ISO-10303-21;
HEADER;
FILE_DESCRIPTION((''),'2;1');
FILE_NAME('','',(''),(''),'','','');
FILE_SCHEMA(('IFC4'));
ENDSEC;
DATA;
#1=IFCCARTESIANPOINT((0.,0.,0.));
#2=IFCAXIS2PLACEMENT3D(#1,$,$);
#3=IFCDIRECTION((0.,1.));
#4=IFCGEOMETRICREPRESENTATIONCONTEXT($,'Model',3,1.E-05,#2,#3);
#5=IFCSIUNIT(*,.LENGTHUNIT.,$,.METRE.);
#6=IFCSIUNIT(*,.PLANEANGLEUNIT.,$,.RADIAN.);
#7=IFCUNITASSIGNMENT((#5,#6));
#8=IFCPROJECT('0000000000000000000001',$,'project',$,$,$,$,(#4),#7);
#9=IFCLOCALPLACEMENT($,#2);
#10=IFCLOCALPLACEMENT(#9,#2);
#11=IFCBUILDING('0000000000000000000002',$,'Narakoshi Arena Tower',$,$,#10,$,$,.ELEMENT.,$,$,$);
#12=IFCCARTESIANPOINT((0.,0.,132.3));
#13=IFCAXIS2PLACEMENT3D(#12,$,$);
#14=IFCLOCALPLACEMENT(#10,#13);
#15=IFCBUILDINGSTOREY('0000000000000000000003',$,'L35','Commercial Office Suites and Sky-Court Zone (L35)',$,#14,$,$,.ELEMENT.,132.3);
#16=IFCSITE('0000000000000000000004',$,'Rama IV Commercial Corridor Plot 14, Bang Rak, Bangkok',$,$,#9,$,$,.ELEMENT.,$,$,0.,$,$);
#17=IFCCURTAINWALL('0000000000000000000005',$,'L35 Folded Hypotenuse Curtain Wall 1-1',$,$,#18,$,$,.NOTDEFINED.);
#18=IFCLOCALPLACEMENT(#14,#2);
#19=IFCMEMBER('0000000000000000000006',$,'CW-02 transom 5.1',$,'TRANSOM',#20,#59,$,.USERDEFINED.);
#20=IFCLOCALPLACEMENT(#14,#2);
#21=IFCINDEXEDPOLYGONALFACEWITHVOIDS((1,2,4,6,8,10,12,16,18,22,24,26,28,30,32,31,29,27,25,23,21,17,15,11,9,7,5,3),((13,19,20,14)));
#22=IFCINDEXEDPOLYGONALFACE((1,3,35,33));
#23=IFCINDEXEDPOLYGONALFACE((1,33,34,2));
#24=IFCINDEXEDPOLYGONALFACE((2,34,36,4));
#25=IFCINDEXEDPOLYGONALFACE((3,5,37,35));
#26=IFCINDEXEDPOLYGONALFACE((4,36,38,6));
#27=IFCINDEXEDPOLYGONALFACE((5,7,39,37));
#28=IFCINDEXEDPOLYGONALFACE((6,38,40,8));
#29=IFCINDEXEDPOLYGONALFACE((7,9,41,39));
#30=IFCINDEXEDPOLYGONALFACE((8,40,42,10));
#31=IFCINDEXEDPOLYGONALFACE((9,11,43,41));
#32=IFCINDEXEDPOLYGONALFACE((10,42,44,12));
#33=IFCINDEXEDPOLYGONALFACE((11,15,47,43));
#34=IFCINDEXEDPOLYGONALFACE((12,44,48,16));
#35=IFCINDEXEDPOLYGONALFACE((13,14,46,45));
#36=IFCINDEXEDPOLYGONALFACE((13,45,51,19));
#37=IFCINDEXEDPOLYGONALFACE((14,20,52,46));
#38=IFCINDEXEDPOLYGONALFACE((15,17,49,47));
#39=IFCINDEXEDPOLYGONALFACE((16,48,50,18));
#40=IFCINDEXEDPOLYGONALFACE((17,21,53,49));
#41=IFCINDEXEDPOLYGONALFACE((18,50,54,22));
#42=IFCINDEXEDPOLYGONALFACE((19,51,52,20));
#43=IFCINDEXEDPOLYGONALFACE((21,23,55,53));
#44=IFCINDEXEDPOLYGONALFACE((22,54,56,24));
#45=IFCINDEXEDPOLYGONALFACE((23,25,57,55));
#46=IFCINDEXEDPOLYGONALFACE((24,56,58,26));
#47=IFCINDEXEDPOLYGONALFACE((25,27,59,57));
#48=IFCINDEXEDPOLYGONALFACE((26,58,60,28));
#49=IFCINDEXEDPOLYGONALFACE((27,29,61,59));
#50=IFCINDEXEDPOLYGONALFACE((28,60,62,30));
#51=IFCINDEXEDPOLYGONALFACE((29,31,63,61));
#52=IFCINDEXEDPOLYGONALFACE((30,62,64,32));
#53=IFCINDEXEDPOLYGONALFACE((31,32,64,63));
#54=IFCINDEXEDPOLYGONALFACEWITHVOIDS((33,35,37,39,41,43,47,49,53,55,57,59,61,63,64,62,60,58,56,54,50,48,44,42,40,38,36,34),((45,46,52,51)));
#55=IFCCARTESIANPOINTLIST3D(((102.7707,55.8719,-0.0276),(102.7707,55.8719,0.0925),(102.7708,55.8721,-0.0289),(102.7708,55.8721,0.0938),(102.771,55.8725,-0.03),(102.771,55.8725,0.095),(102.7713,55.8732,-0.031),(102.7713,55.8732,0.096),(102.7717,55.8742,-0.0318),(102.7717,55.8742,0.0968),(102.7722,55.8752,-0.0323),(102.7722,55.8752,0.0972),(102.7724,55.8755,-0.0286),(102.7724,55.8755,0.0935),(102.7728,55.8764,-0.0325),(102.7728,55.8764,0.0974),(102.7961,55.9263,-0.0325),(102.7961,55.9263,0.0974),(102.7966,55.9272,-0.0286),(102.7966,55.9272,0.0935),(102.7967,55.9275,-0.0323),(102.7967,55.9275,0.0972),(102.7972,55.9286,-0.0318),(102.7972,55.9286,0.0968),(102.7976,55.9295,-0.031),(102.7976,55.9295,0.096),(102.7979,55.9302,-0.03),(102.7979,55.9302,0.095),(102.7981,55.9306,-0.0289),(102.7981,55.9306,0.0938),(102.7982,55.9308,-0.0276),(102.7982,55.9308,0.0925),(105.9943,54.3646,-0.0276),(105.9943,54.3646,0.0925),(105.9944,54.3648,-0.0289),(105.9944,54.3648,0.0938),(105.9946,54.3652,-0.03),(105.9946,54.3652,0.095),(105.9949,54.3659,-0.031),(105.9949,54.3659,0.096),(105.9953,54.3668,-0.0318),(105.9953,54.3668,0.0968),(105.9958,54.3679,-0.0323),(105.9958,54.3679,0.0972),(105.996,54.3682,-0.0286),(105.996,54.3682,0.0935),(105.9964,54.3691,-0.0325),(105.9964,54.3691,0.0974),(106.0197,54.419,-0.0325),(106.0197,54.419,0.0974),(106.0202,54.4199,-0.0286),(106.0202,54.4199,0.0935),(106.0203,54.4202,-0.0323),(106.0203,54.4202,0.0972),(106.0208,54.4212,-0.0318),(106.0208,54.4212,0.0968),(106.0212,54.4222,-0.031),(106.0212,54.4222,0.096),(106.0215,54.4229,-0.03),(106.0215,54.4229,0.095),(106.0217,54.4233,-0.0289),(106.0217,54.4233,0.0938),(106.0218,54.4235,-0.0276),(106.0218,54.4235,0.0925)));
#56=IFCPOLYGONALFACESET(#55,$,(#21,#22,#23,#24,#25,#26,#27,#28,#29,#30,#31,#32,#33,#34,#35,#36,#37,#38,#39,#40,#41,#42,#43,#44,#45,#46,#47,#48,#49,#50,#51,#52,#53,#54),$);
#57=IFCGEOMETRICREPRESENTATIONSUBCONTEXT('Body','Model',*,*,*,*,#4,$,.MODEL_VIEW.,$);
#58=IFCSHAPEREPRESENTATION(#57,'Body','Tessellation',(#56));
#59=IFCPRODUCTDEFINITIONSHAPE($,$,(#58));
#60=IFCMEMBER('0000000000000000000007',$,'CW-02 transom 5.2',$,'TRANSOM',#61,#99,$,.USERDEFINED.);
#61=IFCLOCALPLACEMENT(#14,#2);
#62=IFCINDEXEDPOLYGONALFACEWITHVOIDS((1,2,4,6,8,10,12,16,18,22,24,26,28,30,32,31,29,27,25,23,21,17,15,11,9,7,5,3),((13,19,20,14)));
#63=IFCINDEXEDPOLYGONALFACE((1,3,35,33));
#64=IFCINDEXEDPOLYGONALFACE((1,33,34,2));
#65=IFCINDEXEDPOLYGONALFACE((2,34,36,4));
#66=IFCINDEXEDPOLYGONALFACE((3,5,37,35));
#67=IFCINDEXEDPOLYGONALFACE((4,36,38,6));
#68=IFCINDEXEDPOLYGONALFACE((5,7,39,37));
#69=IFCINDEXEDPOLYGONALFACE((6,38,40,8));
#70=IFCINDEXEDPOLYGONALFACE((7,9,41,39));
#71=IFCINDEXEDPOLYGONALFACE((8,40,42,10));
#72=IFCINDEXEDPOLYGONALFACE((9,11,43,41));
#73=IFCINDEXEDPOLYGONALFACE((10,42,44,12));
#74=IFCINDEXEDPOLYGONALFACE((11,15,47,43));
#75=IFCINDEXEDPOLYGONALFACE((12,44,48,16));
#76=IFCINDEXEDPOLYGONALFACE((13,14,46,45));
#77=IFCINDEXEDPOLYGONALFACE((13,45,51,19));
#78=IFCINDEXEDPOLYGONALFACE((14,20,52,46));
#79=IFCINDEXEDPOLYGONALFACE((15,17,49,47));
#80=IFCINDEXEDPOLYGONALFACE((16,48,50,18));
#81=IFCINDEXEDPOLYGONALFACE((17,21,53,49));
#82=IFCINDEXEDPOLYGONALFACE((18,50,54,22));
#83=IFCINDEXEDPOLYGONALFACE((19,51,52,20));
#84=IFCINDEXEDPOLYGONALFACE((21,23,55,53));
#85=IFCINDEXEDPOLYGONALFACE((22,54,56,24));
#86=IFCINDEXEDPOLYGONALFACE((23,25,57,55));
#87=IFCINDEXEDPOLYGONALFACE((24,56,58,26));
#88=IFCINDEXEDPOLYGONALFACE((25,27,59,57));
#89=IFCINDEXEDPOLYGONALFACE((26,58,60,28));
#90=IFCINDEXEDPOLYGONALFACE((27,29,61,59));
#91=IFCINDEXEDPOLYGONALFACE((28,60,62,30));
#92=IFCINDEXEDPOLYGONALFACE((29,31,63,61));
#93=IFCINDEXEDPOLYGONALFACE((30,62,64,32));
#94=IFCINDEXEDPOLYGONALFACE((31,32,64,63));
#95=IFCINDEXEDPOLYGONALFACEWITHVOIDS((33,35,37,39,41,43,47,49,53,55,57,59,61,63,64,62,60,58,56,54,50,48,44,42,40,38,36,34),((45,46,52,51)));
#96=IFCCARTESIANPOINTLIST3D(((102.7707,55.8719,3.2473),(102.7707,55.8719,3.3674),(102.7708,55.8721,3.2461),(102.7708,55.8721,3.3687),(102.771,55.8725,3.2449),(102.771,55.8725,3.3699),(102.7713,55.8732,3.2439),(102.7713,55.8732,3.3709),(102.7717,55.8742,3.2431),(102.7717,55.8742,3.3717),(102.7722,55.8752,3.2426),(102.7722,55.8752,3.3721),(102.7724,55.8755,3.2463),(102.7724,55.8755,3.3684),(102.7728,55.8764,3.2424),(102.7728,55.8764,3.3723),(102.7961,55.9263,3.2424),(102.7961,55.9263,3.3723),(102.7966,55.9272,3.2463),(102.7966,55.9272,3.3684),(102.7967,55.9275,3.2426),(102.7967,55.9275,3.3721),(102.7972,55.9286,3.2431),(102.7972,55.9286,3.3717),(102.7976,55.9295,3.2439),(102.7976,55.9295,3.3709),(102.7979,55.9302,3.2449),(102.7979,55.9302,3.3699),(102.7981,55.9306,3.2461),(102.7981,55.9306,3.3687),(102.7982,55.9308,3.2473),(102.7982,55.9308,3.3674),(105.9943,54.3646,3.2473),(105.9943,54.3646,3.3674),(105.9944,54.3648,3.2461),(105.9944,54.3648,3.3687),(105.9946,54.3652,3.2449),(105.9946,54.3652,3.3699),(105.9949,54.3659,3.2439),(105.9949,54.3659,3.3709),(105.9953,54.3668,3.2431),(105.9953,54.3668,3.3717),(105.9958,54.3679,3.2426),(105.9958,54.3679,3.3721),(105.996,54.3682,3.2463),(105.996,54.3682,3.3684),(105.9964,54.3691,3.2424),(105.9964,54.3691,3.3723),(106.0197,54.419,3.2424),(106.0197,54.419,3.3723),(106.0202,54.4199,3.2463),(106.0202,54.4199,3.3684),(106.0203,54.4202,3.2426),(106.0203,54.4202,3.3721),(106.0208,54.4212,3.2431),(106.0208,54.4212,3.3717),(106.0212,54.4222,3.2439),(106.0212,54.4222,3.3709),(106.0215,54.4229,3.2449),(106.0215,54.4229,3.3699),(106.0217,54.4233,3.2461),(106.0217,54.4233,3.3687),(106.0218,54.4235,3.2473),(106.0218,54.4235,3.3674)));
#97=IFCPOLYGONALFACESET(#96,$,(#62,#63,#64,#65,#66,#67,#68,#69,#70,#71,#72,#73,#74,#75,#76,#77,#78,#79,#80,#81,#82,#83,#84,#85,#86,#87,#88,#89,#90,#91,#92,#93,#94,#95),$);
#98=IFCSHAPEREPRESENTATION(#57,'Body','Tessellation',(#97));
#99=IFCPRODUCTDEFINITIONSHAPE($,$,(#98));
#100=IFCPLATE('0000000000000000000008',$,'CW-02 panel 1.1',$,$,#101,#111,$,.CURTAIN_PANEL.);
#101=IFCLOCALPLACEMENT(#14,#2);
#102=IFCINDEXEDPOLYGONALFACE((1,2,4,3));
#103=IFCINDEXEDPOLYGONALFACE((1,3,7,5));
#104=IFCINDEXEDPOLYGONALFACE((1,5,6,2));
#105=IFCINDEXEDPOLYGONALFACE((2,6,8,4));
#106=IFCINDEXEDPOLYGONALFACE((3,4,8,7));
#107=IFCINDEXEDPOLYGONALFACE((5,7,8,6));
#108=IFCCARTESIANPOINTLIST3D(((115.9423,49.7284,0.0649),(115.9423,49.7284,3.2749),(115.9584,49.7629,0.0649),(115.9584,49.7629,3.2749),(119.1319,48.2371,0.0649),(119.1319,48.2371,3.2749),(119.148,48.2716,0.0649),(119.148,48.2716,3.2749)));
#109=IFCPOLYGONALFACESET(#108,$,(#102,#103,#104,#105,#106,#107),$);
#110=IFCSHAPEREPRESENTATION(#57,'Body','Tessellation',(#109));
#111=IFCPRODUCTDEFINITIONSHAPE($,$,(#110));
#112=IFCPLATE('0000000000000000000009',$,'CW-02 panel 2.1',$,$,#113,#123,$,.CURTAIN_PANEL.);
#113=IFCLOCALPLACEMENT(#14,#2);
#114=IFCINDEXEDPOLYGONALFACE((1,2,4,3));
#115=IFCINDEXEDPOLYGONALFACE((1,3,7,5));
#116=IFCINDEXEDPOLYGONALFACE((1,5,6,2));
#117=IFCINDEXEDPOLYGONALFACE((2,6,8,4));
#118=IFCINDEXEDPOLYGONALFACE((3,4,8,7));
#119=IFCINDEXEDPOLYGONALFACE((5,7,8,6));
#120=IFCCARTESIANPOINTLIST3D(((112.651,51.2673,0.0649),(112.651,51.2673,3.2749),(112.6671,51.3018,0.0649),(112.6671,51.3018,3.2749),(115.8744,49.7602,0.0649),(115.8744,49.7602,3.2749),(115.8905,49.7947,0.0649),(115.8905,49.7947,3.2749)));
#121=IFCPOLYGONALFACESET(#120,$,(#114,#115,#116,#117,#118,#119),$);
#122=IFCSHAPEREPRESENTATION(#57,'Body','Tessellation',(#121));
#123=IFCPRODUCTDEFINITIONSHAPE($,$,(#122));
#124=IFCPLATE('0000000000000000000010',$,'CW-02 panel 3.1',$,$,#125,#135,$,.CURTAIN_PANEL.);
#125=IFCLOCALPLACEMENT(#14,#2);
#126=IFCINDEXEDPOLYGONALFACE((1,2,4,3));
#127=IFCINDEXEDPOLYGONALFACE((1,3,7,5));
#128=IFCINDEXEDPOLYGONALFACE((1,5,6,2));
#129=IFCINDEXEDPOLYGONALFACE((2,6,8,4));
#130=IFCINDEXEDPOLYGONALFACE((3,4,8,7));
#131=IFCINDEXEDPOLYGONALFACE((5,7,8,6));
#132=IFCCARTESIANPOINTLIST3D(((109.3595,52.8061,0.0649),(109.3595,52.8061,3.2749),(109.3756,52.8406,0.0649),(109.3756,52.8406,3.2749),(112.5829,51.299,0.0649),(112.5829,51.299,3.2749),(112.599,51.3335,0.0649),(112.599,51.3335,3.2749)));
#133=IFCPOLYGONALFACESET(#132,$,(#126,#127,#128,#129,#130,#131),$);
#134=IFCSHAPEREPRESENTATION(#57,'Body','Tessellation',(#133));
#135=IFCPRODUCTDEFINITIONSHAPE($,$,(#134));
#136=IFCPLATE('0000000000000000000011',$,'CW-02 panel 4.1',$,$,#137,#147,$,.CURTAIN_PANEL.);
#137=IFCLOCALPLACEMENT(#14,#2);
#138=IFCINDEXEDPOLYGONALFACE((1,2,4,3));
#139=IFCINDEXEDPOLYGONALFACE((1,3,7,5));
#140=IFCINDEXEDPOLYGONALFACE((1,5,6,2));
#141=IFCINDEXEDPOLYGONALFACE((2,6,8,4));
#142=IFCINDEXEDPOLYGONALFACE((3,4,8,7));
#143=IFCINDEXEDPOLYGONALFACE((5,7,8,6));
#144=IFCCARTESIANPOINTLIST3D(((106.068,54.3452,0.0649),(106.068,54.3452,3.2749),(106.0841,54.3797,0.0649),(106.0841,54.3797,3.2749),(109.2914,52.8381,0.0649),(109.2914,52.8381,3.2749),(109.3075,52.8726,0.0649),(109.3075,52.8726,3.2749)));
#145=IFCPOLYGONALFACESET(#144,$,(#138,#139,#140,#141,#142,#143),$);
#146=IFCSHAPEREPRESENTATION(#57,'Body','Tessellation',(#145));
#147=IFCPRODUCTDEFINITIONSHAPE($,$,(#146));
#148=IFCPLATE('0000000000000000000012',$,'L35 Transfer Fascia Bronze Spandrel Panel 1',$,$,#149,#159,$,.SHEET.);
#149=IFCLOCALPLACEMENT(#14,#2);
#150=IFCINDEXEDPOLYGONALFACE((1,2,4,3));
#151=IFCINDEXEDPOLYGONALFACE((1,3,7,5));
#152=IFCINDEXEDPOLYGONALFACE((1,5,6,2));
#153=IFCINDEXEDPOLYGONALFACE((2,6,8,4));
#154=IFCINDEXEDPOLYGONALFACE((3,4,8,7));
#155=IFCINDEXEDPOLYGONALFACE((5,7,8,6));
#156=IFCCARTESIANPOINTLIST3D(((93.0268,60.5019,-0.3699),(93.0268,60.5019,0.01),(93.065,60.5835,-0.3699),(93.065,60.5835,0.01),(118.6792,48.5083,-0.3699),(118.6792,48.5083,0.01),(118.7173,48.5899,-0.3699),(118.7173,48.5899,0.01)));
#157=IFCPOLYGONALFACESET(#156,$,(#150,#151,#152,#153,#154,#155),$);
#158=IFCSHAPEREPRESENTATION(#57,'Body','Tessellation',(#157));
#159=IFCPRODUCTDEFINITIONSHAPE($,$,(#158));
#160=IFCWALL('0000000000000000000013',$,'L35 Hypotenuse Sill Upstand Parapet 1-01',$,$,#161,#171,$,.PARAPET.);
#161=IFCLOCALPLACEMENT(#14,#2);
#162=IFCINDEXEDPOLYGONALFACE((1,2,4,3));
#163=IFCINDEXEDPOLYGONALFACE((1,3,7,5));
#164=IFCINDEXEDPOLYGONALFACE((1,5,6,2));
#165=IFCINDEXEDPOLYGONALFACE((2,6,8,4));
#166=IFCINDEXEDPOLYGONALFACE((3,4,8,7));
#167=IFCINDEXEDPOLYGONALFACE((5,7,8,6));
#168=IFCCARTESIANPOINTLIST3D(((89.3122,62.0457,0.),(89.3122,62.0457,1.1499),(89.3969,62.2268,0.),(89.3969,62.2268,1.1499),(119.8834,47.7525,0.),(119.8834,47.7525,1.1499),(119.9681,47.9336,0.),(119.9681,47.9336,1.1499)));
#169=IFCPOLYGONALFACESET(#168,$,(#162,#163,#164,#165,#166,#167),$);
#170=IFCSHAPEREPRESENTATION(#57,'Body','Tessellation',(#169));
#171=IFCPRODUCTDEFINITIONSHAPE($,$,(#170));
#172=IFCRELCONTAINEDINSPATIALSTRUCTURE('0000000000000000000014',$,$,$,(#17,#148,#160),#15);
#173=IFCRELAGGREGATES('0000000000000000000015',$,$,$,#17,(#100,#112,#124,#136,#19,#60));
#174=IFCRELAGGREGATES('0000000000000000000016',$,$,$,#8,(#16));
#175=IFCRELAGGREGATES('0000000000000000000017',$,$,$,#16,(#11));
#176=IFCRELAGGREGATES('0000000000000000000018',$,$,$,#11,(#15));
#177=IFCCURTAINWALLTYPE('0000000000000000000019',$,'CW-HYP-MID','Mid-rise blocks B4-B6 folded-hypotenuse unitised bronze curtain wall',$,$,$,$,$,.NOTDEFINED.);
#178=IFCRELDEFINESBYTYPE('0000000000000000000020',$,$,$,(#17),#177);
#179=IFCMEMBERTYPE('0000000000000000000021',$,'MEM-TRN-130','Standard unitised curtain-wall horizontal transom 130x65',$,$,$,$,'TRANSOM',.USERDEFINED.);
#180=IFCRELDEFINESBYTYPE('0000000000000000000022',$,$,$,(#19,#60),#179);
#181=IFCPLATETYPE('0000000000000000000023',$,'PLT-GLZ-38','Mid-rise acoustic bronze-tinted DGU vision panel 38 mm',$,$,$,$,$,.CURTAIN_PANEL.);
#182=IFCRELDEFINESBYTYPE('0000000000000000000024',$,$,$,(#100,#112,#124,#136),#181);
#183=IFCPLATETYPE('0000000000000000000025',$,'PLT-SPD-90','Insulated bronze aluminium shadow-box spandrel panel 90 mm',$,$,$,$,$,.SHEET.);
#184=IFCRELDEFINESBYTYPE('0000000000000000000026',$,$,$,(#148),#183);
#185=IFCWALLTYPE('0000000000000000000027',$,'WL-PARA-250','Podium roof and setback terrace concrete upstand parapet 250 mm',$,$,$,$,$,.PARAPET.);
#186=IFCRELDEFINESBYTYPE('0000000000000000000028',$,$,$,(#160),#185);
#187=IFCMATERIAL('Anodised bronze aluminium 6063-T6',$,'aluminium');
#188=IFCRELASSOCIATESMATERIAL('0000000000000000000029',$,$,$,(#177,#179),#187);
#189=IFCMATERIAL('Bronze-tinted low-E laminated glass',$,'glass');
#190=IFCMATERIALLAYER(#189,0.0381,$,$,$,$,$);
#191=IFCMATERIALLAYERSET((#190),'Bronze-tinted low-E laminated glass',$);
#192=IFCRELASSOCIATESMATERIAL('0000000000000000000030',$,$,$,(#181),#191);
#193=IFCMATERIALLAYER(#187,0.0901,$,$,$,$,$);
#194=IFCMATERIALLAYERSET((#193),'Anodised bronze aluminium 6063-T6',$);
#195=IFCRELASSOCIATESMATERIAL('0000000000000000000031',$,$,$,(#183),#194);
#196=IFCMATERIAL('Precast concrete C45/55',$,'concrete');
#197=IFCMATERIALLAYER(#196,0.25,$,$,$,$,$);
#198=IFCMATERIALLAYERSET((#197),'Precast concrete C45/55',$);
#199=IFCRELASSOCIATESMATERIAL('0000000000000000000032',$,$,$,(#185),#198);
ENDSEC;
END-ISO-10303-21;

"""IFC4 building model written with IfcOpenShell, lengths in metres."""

from ifc_helpers import new_model, si_unit, direction, frame, frame_2d, origin, origin_2d, place, context, subcontext, project, spatial, rectangle, hollow_rectangle, extrude, material, layer, layer_set, material_profile, profile_set, type_object, element, aggregate, save


model = new_model("IFC4")

# Units and contexts
model_context = context("Model", 3, precision=1e-05, world=origin(), true_north=direction((0.0, 1.0)))
body_context = subcontext(model_context, "Body", "Model", "MODEL_VIEW")
ifc_project = project(units=[si_unit("LENGTHUNIT", "METRE"), si_unit("PLANEANGLEUNIT", "RADIAN")], contexts=[model_context])

# Site, building, storey
site_placement = place(None, origin())
site = spatial("IfcSite", under=ifc_project, at=site_placement, Name="Rama IV Commercial Corridor Plot 14, Bang Rak, Bangkok", CompositionType="ELEMENT", RefElevation=0.0)
building_placement = place(site_placement, origin())
building = spatial("IfcBuilding", under=site, at=building_placement, Name="Narakoshi Arena Tower", CompositionType="ELEMENT")
storey_placement = place(building_placement, frame((0.0, 0.0, 132.3)))
storey = spatial("IfcBuildingStorey", under=building, at=storey_placement, Name="L35", Description="Commercial Office Suites and Sky-Court Zone (L35)", CompositionType="ELEMENT", Elevation=132.3)

# Curtain wall, members, plates
ifc_material_1 = material(Name="Anodised bronze aluminium 6063-T6", Category="aluminium")
curtain_wall_type = type_object("IfcCurtainWallType", Name="CW-HYP-MID", Description="Mid-rise blocks B4-B6 folded-hypotenuse unitised bronze curtain wall", PredefinedType="NOTDEFINED", material=ifc_material_1)
curtain_wall_placement = place(storey_placement, origin())
curtain_wall = element("IfcCurtainWall", 1, at=curtain_wall_placement, inside=storey, type_object=curtain_wall_type, Name="L35 Folded Hypotenuse Curtain Wall 1-1", PredefinedType="NOTDEFINED")
ifc_material_profile_1 = material_profile(ifc_material_1, hollow_rectangle(XDim=0.0649, YDim=0.1299, WallThickness=0.0039, OuterFilletRadius=0.0049, at=origin_2d()), Name="TRN130x65x4")
ifc_profile_set_1 = profile_set([ifc_material_profile_1], Name="Anodised bronze aluminium 6063-T6")
member_type_1 = type_object("IfcMemberType", Name="MEM-TRN-130", Description="Standard unitised curtain-wall horizontal transom 130x65", ElementType="TRANSOM", PredefinedType="USERDEFINED", material=ifc_profile_set_1)
member_1_placement = place(storey_placement, frame((106.0081, 54.394, 0.0325), z_axis=(-0.905864, 0.423569, 0.0), x_axis=(-0.423569, -0.905864, 0.0)))
member_1 = element("IfcMember", 2, at=member_1_placement, type_object=member_type_1, Name="CW-02 transom 5.1", ObjectType="TRANSOM", PredefinedType="USERDEFINED", context=body_context, shape_type="SweptSolid", body=[
    extrude(hollow_rectangle(XDim=0.0649, YDim=0.1299, WallThickness=0.0039, OuterFilletRadius=0.0049, at=origin_2d()), origin(), (0.0, 0.0, 1.0), 3.5586),
])
member_2_placement = place(storey_placement, frame((106.0081, 54.394, 3.3074), z_axis=(-0.905864, 0.423569, 0.0), x_axis=(-0.423569, -0.905864, 0.0)))
member_2 = element("IfcMember", 3, at=member_2_placement, type_object=member_type_1, Name="CW-02 transom 5.2", ObjectType="TRANSOM", PredefinedType="USERDEFINED", context=body_context, shape_type="SweptSolid", body=[
    extrude(hollow_rectangle(XDim=0.0649, YDim=0.1299, WallThickness=0.0039, OuterFilletRadius=0.0049, at=origin_2d()), origin(), (0.0, 0.0, 1.0), 3.5586),
])
ifc_material_2 = material(Name="Bronze-tinted low-E laminated glass", Category="glass")
ifc_layer_1 = layer(ifc_material_2, 0.0381)
ifc_layer_set_1 = layer_set([ifc_layer_1], Name="Bronze-tinted low-E laminated glass")
plate_type_1 = type_object("IfcPlateType", Name="PLT-GLZ-38", Description="Mid-rise acoustic bronze-tinted DGU vision panel 38 mm", PredefinedType="CURTAIN_PANEL", material=ifc_layer_set_1)
plate_1_placement = place(storey_placement, frame((117.5452, 49.0, 0.0649), z_axis=(0.0, 0.0, 1.0), x_axis=(-0.905881, 0.423532, 0.0)))
plate_1 = element("IfcPlate", 4, at=plate_1_placement, type_object=plate_type_1, Name="CW-02 panel 1.1", PredefinedType="CURTAIN_PANEL", context=body_context, shape_type="SweptSolid", body=[
    extrude(rectangle(XDim=3.521, YDim=0.0381, at=origin_2d()), origin(), (0.0, 0.0, 1.0), 3.21),
])
plate_2_placement = place(storey_placement, frame((114.2708, 50.531, 0.0649), z_axis=(0.0, 0.0, 1.0), x_axis=(-0.905881, 0.423532, 0.0)))
plate_2 = element("IfcPlate", 5, at=plate_2_placement, type_object=plate_type_1, Name="CW-02 panel 2.1", PredefinedType="CURTAIN_PANEL", context=body_context, shape_type="SweptSolid", body=[
    extrude(rectangle(XDim=3.5583, YDim=0.0381, at=origin_2d()), origin(), (0.0, 0.0, 1.0), 3.21),
])
plate_3_placement = place(storey_placement, frame((110.9792, 52.0698, 0.0649), z_axis=(0.0, 0.0, 1.0), x_axis=(-0.905881, 0.423532, 0.0)))
plate_3 = element("IfcPlate", 6, at=plate_3_placement, type_object=plate_type_1, Name="CW-02 panel 3.1", PredefinedType="CURTAIN_PANEL", context=body_context, shape_type="SweptSolid", body=[
    extrude(rectangle(XDim=3.5583, YDim=0.0381, at=origin_2d()), origin(), (0.0, 0.0, 1.0), 3.21),
])
plate_4_placement = place(storey_placement, frame((107.6877, 53.6089, 0.0649), z_axis=(0.0, 0.0, 1.0), x_axis=(-0.905881, 0.423532, 0.0)))
plate_4 = element("IfcPlate", 7, at=plate_4_placement, type_object=plate_type_1, Name="CW-02 panel 4.1", PredefinedType="CURTAIN_PANEL", context=body_context, shape_type="SweptSolid", body=[
    extrude(rectangle(XDim=3.5583, YDim=0.0381, at=origin_2d()), origin(), (0.0, 0.0, 1.0), 3.21),
])
aggregate(curtain_wall, [plate_1, plate_2, plate_3, plate_4, member_1, member_2])

# Plate
ifc_layer_2 = layer(ifc_material_1, 0.0901)
ifc_layer_set_2 = layer_set([ifc_layer_2], Name="Anodised bronze aluminium 6063-T6")
plate_type_2 = type_object("IfcPlateType", Name="PLT-SPD-90", Description="Insulated bronze aluminium shadow-box spandrel panel 90 mm", PredefinedType="SHEET", material=ifc_layer_set_2)
plate_5_placement = place(storey_placement, frame((105.8721, 54.5459, -0.3699), z_axis=(0.0, 0.0, 1.0), x_axis=(-0.90588, 0.423535, 0.0)))
element("IfcPlate", 8, at=plate_5_placement, inside=storey, type_object=plate_type_2, Name="L35 Transfer Fascia Bronze Spandrel Panel 1", PredefinedType="SHEET", context=body_context, shape_type="SweptSolid", body=[
    extrude(rectangle(XDim=28.3176, YDim=0.0901, at=origin_2d()), origin(), (0.0, 0.0, 1.0), 0.3799),
])

# Wall
ifc_material_3 = material(Name="Precast concrete C45/55", Category="concrete")
ifc_layer_3 = layer(ifc_material_3, 0.25)
ifc_layer_set_3 = layer_set([ifc_layer_3], Name="Precast concrete C45/55")
wall_type_1 = type_object("IfcWallType", Name="WL-PARA-250", Description="Podium roof and setback terrace concrete upstand parapet 250 mm", PredefinedType="PARAPET", material=ifc_layer_set_3)
wall_1_placement = place(storey_placement, frame((119.9258, 47.843, 0.0), z_axis=(0.0, 0.0, 1.0), x_axis=(-0.905881, 0.423533, 0.0)))
element("IfcWall", 9, at=wall_1_placement, inside=storey, type_object=wall_type_1, Name="L35 Hypotenuse Sill Upstand Parapet 1-01", PredefinedType="PARAPET", context=body_context, shape_type="SweptSolid", body=[
    extrude(rectangle(XDim=33.7476, YDim=0.2, at=frame_2d((16.8738, 0.0))), origin(), (0.0, 0.0, 1.0), 1.1499),
])

save(model, "model.ifc")
